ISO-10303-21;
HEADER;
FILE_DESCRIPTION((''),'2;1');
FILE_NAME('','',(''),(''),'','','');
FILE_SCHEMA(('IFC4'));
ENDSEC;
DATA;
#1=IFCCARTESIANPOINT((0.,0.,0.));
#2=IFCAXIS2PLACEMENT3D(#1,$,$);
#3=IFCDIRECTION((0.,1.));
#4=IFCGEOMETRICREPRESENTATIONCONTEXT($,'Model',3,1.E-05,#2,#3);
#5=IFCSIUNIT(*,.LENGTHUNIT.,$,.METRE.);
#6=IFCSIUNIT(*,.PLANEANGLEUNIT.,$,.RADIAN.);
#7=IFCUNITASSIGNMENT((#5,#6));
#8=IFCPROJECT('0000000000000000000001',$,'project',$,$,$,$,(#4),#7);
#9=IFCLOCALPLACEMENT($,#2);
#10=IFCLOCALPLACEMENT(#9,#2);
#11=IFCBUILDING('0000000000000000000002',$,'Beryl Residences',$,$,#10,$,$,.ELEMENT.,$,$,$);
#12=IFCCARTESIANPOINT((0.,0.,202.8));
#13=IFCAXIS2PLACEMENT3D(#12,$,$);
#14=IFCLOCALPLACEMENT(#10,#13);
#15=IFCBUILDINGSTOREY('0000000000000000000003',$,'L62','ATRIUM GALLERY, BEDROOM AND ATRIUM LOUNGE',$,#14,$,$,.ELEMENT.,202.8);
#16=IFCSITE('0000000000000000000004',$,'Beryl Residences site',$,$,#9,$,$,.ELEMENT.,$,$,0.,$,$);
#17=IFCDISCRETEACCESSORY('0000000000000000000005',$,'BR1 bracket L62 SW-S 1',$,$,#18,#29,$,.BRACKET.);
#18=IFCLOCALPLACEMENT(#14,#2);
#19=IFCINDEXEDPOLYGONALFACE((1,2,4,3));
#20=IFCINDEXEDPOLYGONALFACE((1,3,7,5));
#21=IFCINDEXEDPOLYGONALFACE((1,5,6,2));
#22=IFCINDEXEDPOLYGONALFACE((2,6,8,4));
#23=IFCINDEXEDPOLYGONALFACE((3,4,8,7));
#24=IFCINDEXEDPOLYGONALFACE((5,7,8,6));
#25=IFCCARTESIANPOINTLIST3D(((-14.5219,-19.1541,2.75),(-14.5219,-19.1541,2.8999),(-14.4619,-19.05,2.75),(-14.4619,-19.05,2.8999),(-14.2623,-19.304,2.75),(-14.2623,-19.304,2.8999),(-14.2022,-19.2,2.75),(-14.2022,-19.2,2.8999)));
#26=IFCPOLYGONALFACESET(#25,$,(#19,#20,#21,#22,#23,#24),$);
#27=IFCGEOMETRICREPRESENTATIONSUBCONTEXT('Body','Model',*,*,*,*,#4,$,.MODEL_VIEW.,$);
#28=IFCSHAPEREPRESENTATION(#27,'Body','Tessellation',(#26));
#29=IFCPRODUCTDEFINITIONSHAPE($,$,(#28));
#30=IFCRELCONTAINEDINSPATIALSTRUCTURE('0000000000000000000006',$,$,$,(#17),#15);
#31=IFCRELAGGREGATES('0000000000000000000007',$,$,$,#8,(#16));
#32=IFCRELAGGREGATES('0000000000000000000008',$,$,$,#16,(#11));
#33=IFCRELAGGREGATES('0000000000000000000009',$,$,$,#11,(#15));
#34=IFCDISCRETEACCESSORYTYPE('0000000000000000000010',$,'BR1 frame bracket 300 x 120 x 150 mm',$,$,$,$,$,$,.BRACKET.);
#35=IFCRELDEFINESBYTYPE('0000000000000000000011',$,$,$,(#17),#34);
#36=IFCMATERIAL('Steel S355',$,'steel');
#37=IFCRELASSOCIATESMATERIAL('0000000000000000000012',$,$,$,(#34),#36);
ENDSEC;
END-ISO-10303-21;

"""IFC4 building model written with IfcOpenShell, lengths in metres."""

from ifc_helpers import new_model, si_unit, direction, frame, origin, place, context, subcontext, project, spatial, polyline, outline, extrude, source, transform, mapped, material, type_object, type_shapes, element, save


model = new_model("IFC4")

# Units and contexts
model_context = context("Model", 3, precision=1e-05, world=origin(), true_north=direction((0.0, 1.0)))
body_context = subcontext(model_context, "Body", "Model", "MODEL_VIEW")
ifc_project = project(units=[si_unit("LENGTHUNIT", "METRE"), si_unit("PLANEANGLEUNIT", "RADIAN")], contexts=[model_context])

# Site, building, storey
site_placement = place(None, origin())
site = spatial("IfcSite", under=ifc_project, at=site_placement, Name="Beryl Residences site", CompositionType="ELEMENT", RefElevation=0.0)
building_placement = place(site_placement, origin())
building = spatial("IfcBuilding", under=site, at=building_placement, Name="Beryl Residences", CompositionType="ELEMENT")
storey_placement = place(building_placement, frame((0.0, 0.0, 202.8)))
storey = spatial("IfcBuildingStorey", under=building, at=storey_placement, Name="L62", Description="ATRIUM GALLERY, BEDROOM AND ATRIUM LOUNGE", CompositionType="ELEMENT", Elevation=202.8)

# Discrete accessory
ifc_material_1 = material(Name="Steel S355", Category="steel")
discrete_accessory_type = type_object("IfcDiscreteAccessoryType", Name="BR1 frame bracket 300 x 120 x 150 mm", PredefinedType="BRACKET", material=ifc_material_1)
shared_shape_1 = source(origin(), body_context, "Body", "SweptSolid", [
    extrude(outline(polyline([(-0.1499, 0.0), (0.1499, 0.0), (0.1499, 0.1201), (-0.1499, 0.1201), (-0.1499, 0.0)])), origin(), (0.0, 0.0, 1.0), 0.1499),
])
type_shapes(discrete_accessory_type, [shared_shape_1])
for number, where, z_axis, x_axis, name in (
    (1, (-14.332, -19.125, 2.75), (0.0, 0.0, 1.0), (-0.866025, 0.5, 0.0), "BR1 bracket L62 SW-S 1"),
):
    element("IfcDiscreteAccessory", number, at=place(storey_placement, frame(where, z_axis=z_axis, x_axis=x_axis)), inside=storey, type_object=discrete_accessory_type, Name=name, PredefinedType="BRACKET", context=body_context, shape_type="MappedRepresentation", body=[
        mapped(shared_shape_1, transform((0.0, 0.0, 0.0))),
    ])

save(model, "model.ifc")
